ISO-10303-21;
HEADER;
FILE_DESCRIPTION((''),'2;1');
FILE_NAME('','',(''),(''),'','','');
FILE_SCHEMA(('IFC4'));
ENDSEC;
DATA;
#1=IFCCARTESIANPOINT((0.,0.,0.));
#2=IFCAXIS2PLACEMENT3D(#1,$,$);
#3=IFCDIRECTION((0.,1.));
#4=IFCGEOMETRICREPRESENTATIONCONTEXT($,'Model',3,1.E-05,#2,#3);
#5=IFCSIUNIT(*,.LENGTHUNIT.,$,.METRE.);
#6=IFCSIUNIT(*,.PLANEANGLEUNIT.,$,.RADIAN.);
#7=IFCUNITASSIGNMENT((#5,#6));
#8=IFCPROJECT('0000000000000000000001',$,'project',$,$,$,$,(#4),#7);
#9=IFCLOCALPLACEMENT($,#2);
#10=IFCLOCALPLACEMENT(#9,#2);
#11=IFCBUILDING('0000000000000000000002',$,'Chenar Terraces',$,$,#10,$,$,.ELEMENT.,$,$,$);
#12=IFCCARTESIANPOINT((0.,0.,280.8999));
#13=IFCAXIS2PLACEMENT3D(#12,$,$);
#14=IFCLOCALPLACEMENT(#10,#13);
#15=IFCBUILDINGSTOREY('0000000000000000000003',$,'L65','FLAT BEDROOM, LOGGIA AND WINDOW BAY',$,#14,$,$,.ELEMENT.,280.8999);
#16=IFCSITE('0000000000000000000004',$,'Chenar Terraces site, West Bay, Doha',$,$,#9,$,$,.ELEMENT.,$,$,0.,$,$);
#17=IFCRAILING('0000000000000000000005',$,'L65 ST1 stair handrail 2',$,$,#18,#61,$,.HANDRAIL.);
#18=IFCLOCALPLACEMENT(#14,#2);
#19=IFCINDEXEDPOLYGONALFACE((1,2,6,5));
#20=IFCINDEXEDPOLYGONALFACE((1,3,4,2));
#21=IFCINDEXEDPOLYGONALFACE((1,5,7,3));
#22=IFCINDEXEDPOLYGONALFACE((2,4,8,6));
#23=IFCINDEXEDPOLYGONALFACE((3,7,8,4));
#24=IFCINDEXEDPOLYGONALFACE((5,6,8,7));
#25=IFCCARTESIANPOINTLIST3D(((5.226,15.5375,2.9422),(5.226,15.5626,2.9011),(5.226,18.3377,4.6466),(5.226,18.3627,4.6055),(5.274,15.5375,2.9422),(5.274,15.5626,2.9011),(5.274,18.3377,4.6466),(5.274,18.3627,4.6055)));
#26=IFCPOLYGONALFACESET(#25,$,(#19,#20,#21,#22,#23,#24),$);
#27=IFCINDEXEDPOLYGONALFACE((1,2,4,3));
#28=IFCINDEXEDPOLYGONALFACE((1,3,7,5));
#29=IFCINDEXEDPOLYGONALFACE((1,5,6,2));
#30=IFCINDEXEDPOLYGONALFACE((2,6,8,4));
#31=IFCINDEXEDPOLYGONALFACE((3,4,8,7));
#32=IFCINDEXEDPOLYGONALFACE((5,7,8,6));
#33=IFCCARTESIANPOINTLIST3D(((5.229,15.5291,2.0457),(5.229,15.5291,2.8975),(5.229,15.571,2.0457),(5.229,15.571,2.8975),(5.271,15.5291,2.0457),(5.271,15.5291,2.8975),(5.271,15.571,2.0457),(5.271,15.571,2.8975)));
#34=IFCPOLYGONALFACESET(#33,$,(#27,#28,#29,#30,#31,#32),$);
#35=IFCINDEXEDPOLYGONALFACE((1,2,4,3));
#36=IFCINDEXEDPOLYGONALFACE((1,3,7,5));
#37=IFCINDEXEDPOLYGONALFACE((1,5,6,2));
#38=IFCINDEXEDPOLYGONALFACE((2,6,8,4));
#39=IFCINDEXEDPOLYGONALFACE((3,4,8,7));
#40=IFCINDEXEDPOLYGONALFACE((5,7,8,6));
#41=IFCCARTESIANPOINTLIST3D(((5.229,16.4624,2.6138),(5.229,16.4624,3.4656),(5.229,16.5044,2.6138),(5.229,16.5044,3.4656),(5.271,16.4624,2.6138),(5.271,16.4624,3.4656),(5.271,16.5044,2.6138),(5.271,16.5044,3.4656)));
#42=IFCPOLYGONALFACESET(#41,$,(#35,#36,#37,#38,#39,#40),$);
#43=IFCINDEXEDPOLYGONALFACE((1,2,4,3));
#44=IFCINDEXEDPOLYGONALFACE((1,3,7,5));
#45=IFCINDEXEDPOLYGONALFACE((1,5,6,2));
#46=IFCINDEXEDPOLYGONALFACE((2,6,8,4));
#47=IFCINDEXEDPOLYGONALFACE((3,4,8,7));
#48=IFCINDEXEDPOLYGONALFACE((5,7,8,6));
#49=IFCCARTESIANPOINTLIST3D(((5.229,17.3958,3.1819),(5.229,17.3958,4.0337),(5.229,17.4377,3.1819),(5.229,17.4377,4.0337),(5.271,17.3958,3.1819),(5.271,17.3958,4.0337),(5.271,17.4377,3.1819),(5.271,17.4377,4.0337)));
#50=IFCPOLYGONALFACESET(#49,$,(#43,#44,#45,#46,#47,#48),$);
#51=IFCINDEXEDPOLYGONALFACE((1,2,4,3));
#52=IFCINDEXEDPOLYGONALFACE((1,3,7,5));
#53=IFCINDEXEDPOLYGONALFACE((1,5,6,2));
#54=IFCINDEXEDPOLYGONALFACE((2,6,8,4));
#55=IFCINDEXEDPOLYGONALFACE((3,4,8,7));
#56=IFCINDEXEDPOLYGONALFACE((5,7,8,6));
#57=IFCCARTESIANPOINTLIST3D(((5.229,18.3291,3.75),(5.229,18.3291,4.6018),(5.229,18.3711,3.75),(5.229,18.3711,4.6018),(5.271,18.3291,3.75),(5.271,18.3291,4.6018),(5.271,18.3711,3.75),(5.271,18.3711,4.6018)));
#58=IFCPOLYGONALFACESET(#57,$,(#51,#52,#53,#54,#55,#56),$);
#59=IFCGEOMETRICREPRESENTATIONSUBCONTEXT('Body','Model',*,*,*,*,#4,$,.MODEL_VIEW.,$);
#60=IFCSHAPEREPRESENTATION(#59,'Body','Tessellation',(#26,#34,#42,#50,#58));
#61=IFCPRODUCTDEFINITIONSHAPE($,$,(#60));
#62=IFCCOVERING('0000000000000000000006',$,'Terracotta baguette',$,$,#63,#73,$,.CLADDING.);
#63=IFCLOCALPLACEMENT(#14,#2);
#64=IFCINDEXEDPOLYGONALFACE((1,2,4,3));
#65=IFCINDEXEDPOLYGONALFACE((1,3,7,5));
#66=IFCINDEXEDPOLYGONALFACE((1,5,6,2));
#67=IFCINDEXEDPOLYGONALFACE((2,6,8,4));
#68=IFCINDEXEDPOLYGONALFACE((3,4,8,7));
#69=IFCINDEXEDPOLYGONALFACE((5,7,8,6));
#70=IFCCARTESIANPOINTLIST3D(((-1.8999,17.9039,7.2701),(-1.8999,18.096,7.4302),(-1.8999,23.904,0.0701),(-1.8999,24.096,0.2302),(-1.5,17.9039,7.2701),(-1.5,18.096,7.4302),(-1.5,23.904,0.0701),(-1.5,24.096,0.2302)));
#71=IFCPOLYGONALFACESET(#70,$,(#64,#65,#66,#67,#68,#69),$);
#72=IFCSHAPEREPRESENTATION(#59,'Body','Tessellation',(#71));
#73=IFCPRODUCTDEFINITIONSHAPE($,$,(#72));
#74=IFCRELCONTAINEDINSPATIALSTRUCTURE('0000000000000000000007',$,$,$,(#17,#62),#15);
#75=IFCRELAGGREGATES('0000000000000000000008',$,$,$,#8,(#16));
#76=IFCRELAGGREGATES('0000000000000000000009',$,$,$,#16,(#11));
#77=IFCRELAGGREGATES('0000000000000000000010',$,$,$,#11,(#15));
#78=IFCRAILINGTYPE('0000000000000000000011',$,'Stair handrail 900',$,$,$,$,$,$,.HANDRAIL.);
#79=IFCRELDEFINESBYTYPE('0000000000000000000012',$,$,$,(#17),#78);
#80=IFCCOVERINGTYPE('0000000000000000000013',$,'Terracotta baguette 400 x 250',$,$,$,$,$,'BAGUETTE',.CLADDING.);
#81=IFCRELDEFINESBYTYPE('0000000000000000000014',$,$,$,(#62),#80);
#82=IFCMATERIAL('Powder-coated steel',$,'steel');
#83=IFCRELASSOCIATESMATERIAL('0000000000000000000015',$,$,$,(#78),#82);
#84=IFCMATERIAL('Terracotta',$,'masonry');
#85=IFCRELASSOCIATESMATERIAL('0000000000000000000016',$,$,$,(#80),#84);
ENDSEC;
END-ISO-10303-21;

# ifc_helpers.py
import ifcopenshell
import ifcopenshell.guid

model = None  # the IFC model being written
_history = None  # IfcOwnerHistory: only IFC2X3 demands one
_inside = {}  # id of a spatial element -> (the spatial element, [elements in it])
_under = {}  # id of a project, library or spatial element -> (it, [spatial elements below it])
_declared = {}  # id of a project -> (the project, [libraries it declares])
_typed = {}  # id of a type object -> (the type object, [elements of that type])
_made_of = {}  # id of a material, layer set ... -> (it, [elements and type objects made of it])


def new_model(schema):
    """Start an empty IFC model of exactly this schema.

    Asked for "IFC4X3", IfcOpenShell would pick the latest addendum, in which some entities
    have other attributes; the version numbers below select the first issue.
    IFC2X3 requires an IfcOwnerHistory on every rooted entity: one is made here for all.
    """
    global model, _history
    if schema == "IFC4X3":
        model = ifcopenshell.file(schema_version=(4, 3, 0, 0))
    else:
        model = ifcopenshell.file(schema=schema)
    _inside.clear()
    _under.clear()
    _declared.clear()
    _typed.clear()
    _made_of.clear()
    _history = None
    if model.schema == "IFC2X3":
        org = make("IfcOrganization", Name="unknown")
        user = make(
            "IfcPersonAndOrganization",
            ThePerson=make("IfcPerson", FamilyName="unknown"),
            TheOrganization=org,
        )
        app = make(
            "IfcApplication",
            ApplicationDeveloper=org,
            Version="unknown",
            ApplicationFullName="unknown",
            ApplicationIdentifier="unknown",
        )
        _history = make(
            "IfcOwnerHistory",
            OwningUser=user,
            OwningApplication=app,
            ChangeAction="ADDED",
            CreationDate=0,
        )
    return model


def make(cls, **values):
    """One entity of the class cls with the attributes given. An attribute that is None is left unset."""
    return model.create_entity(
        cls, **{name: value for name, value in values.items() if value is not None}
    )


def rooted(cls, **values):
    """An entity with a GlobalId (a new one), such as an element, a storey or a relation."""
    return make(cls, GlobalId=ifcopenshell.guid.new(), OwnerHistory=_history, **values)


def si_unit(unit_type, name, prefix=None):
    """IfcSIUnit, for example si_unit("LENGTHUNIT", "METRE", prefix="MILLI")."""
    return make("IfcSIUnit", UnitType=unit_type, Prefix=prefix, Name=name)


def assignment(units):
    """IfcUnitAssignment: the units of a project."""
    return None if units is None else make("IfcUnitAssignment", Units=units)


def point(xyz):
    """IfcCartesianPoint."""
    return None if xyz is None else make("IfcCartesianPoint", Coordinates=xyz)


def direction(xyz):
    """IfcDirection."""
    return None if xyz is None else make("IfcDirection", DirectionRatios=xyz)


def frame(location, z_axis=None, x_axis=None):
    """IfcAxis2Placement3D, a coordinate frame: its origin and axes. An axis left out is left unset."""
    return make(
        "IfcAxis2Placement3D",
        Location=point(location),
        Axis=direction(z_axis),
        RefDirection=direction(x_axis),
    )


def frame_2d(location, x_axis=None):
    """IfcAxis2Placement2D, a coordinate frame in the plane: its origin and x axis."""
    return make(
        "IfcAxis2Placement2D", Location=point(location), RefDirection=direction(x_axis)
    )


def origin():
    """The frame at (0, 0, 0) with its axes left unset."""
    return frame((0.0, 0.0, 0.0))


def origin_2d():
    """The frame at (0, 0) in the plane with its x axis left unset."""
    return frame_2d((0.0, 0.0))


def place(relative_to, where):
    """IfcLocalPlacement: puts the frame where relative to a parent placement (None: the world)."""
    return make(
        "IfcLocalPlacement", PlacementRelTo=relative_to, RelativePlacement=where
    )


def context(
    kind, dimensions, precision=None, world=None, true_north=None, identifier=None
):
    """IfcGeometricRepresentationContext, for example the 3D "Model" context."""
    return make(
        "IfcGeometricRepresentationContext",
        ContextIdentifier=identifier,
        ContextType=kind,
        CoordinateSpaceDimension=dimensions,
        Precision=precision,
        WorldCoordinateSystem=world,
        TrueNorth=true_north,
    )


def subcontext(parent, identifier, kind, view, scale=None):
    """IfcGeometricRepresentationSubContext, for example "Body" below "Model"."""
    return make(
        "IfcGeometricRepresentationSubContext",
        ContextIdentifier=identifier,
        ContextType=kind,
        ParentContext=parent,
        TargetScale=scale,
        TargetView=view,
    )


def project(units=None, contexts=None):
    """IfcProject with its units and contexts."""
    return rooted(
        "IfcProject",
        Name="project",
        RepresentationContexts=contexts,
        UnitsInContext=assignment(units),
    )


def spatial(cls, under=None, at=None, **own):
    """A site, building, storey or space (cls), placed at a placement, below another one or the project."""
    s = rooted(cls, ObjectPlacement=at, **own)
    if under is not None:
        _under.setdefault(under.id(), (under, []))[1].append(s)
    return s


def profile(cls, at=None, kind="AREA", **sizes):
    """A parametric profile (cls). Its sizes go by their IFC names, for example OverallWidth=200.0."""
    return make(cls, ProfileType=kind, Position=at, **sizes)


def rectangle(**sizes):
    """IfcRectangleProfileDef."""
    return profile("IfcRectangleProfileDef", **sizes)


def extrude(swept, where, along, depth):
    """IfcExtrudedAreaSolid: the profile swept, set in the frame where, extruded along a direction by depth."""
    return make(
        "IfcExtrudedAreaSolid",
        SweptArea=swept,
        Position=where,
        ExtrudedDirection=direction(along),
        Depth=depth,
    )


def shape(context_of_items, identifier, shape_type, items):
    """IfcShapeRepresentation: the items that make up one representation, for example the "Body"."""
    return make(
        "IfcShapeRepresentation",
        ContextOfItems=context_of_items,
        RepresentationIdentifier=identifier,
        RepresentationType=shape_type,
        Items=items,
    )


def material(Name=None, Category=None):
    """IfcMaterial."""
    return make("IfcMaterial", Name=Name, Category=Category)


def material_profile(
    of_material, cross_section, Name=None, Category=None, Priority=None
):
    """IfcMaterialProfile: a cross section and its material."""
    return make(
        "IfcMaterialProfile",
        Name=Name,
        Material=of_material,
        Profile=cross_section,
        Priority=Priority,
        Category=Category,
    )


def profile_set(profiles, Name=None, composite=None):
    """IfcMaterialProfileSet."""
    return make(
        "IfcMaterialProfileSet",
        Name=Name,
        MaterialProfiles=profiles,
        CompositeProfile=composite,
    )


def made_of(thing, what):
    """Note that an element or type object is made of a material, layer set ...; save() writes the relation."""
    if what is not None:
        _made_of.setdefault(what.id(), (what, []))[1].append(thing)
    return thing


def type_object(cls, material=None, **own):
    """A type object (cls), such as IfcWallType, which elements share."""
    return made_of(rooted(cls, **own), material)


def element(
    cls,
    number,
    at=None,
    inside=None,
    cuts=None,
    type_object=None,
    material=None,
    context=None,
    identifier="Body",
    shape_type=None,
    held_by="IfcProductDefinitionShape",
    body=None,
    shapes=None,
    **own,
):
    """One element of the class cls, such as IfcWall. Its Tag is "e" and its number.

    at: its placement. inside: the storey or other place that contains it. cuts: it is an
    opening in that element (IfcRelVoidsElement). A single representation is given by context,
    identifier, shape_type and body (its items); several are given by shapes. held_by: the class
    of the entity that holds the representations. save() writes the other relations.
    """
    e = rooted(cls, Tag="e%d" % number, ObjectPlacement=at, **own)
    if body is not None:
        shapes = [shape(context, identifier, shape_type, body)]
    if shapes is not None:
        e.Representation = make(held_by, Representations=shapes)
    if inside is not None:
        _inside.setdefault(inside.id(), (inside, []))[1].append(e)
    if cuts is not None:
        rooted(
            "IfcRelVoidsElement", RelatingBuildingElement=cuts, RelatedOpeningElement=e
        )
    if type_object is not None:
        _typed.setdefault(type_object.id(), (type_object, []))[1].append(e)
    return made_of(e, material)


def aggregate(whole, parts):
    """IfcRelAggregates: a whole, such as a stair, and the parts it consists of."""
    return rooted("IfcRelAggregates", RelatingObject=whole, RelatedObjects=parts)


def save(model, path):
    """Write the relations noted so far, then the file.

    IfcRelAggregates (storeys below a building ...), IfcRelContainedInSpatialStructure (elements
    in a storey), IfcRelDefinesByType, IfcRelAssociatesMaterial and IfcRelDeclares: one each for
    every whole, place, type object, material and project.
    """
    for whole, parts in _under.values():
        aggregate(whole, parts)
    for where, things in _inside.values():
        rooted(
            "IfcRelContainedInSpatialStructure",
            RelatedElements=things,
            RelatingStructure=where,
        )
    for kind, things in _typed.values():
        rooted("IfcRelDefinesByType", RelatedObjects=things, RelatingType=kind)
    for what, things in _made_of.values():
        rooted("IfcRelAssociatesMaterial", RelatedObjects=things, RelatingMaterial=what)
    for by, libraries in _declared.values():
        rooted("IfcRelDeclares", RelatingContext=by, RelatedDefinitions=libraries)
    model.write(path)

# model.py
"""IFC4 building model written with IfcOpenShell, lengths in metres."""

from ifc_helpers import new_model, si_unit, direction, frame, origin, origin_2d, place, context, subcontext, project, spatial, rectangle, extrude, material, material_profile, profile_set, type_object, element, save


model = new_model("IFC4")

# Units and contexts
model_context = context("Model", 3, precision=1e-05, world=origin(), true_north=direction((0.0, 1.0)))
body_context = subcontext(model_context, "Body", "Model", "MODEL_VIEW")
ifc_project = project(units=[si_unit("LENGTHUNIT", "METRE"), si_unit("PLANEANGLEUNIT", "RADIAN")], contexts=[model_context])

# Site, building, storey
site_placement = place(None, origin())
site = spatial("IfcSite", under=ifc_project, at=site_placement, Name="Chenar Terraces site, West Bay, Doha", CompositionType="ELEMENT", RefElevation=0.0)
building_placement = place(site_placement, origin())
building = spatial("IfcBuilding", under=site, at=building_placement, Name="Chenar Terraces", CompositionType="ELEMENT")
storey_placement = place(building_placement, frame((0.0, 0.0, 280.8999)))
storey = spatial("IfcBuildingStorey", under=building, at=storey_placement, Name="L65", Description="FLAT BEDROOM, LOGGIA AND WINDOW BAY", CompositionType="ELEMENT", Elevation=280.8999)

# Railing
ifc_material_1 = material(Name="Powder-coated steel", Category="steel")
railing_type_1 = type_object("IfcRailingType", Name="Stair handrail 900", PredefinedType="HANDRAIL", material=ifc_material_1)
railing_1_placement = place(storey_placement, frame((5.25, 15.55, 2.0457)))
element("IfcRailing", 1, at=railing_1_placement, inside=storey, type_object=railing_type_1, Name="L65 ST1 stair handrail 2", PredefinedType="HANDRAIL", context=body_context, shape_type="SweptSolid", body=[
    extrude(rectangle(XDim=0.0481, YDim=0.0481, at=origin_2d()), frame((0.0, 0.0, 0.876), z_axis=(0.0, 0.854203, 0.51994), x_axis=(-1.0, 0.0, 0.0)), (0.0, 0.0, 1.0), 3.2781),
    extrude(rectangle(XDim=0.042, YDim=0.042, at=origin_2d()), origin(), (0.0, 0.0, 1.0), 0.8518),
    extrude(rectangle(XDim=0.042, YDim=0.042, at=origin_2d()), frame((0.0, 0.9333, 0.5681)), (0.0, 0.0, 1.0), 0.8518),
    extrude(rectangle(XDim=0.042, YDim=0.042, at=origin_2d()), frame((0.0, 1.8667, 1.1362)), (0.0, 0.0, 1.0), 0.8518),
    extrude(rectangle(XDim=0.042, YDim=0.042, at=origin_2d()), frame((0.0, 2.8, 1.7043)), (0.0, 0.0, 1.0), 0.8518),
])

# Covering
ifc_material_2 = material(Name="Terracotta", Category="masonry")
ifc_material_profile_1 = material_profile(ifc_material_2, rectangle(XDim=0.3999, YDim=0.25, at=origin_2d()), Name="Terracotta baguette 400 x 250")
ifc_profile_set_1 = profile_set([ifc_material_profile_1], Name="Terracotta")
covering_type = type_object("IfcCoveringType", Name="Terracotta baguette 400 x 250", ElementType="BAGUETTE", PredefinedType="CLADDING", material=ifc_profile_set_1)
covering_placement = place(storey_placement, frame((-1.7, 24.0, 0.1501), z_axis=(0.0, -0.640187, 0.768219), x_axis=(1.0, 0.0, 0.0)))
element("IfcCovering", 2, at=covering_placement, inside=storey, type_object=covering_type, Name="Terracotta baguette", PredefinedType="CLADDING", context=body_context, shape_type="SweptSolid", body=[
    extrude(rectangle(XDim=0.3999, YDim=0.25, at=origin_2d()), origin(), (0.0, 0.0, 1.0), 9.3723),
])

save(model, "model.ifc")
